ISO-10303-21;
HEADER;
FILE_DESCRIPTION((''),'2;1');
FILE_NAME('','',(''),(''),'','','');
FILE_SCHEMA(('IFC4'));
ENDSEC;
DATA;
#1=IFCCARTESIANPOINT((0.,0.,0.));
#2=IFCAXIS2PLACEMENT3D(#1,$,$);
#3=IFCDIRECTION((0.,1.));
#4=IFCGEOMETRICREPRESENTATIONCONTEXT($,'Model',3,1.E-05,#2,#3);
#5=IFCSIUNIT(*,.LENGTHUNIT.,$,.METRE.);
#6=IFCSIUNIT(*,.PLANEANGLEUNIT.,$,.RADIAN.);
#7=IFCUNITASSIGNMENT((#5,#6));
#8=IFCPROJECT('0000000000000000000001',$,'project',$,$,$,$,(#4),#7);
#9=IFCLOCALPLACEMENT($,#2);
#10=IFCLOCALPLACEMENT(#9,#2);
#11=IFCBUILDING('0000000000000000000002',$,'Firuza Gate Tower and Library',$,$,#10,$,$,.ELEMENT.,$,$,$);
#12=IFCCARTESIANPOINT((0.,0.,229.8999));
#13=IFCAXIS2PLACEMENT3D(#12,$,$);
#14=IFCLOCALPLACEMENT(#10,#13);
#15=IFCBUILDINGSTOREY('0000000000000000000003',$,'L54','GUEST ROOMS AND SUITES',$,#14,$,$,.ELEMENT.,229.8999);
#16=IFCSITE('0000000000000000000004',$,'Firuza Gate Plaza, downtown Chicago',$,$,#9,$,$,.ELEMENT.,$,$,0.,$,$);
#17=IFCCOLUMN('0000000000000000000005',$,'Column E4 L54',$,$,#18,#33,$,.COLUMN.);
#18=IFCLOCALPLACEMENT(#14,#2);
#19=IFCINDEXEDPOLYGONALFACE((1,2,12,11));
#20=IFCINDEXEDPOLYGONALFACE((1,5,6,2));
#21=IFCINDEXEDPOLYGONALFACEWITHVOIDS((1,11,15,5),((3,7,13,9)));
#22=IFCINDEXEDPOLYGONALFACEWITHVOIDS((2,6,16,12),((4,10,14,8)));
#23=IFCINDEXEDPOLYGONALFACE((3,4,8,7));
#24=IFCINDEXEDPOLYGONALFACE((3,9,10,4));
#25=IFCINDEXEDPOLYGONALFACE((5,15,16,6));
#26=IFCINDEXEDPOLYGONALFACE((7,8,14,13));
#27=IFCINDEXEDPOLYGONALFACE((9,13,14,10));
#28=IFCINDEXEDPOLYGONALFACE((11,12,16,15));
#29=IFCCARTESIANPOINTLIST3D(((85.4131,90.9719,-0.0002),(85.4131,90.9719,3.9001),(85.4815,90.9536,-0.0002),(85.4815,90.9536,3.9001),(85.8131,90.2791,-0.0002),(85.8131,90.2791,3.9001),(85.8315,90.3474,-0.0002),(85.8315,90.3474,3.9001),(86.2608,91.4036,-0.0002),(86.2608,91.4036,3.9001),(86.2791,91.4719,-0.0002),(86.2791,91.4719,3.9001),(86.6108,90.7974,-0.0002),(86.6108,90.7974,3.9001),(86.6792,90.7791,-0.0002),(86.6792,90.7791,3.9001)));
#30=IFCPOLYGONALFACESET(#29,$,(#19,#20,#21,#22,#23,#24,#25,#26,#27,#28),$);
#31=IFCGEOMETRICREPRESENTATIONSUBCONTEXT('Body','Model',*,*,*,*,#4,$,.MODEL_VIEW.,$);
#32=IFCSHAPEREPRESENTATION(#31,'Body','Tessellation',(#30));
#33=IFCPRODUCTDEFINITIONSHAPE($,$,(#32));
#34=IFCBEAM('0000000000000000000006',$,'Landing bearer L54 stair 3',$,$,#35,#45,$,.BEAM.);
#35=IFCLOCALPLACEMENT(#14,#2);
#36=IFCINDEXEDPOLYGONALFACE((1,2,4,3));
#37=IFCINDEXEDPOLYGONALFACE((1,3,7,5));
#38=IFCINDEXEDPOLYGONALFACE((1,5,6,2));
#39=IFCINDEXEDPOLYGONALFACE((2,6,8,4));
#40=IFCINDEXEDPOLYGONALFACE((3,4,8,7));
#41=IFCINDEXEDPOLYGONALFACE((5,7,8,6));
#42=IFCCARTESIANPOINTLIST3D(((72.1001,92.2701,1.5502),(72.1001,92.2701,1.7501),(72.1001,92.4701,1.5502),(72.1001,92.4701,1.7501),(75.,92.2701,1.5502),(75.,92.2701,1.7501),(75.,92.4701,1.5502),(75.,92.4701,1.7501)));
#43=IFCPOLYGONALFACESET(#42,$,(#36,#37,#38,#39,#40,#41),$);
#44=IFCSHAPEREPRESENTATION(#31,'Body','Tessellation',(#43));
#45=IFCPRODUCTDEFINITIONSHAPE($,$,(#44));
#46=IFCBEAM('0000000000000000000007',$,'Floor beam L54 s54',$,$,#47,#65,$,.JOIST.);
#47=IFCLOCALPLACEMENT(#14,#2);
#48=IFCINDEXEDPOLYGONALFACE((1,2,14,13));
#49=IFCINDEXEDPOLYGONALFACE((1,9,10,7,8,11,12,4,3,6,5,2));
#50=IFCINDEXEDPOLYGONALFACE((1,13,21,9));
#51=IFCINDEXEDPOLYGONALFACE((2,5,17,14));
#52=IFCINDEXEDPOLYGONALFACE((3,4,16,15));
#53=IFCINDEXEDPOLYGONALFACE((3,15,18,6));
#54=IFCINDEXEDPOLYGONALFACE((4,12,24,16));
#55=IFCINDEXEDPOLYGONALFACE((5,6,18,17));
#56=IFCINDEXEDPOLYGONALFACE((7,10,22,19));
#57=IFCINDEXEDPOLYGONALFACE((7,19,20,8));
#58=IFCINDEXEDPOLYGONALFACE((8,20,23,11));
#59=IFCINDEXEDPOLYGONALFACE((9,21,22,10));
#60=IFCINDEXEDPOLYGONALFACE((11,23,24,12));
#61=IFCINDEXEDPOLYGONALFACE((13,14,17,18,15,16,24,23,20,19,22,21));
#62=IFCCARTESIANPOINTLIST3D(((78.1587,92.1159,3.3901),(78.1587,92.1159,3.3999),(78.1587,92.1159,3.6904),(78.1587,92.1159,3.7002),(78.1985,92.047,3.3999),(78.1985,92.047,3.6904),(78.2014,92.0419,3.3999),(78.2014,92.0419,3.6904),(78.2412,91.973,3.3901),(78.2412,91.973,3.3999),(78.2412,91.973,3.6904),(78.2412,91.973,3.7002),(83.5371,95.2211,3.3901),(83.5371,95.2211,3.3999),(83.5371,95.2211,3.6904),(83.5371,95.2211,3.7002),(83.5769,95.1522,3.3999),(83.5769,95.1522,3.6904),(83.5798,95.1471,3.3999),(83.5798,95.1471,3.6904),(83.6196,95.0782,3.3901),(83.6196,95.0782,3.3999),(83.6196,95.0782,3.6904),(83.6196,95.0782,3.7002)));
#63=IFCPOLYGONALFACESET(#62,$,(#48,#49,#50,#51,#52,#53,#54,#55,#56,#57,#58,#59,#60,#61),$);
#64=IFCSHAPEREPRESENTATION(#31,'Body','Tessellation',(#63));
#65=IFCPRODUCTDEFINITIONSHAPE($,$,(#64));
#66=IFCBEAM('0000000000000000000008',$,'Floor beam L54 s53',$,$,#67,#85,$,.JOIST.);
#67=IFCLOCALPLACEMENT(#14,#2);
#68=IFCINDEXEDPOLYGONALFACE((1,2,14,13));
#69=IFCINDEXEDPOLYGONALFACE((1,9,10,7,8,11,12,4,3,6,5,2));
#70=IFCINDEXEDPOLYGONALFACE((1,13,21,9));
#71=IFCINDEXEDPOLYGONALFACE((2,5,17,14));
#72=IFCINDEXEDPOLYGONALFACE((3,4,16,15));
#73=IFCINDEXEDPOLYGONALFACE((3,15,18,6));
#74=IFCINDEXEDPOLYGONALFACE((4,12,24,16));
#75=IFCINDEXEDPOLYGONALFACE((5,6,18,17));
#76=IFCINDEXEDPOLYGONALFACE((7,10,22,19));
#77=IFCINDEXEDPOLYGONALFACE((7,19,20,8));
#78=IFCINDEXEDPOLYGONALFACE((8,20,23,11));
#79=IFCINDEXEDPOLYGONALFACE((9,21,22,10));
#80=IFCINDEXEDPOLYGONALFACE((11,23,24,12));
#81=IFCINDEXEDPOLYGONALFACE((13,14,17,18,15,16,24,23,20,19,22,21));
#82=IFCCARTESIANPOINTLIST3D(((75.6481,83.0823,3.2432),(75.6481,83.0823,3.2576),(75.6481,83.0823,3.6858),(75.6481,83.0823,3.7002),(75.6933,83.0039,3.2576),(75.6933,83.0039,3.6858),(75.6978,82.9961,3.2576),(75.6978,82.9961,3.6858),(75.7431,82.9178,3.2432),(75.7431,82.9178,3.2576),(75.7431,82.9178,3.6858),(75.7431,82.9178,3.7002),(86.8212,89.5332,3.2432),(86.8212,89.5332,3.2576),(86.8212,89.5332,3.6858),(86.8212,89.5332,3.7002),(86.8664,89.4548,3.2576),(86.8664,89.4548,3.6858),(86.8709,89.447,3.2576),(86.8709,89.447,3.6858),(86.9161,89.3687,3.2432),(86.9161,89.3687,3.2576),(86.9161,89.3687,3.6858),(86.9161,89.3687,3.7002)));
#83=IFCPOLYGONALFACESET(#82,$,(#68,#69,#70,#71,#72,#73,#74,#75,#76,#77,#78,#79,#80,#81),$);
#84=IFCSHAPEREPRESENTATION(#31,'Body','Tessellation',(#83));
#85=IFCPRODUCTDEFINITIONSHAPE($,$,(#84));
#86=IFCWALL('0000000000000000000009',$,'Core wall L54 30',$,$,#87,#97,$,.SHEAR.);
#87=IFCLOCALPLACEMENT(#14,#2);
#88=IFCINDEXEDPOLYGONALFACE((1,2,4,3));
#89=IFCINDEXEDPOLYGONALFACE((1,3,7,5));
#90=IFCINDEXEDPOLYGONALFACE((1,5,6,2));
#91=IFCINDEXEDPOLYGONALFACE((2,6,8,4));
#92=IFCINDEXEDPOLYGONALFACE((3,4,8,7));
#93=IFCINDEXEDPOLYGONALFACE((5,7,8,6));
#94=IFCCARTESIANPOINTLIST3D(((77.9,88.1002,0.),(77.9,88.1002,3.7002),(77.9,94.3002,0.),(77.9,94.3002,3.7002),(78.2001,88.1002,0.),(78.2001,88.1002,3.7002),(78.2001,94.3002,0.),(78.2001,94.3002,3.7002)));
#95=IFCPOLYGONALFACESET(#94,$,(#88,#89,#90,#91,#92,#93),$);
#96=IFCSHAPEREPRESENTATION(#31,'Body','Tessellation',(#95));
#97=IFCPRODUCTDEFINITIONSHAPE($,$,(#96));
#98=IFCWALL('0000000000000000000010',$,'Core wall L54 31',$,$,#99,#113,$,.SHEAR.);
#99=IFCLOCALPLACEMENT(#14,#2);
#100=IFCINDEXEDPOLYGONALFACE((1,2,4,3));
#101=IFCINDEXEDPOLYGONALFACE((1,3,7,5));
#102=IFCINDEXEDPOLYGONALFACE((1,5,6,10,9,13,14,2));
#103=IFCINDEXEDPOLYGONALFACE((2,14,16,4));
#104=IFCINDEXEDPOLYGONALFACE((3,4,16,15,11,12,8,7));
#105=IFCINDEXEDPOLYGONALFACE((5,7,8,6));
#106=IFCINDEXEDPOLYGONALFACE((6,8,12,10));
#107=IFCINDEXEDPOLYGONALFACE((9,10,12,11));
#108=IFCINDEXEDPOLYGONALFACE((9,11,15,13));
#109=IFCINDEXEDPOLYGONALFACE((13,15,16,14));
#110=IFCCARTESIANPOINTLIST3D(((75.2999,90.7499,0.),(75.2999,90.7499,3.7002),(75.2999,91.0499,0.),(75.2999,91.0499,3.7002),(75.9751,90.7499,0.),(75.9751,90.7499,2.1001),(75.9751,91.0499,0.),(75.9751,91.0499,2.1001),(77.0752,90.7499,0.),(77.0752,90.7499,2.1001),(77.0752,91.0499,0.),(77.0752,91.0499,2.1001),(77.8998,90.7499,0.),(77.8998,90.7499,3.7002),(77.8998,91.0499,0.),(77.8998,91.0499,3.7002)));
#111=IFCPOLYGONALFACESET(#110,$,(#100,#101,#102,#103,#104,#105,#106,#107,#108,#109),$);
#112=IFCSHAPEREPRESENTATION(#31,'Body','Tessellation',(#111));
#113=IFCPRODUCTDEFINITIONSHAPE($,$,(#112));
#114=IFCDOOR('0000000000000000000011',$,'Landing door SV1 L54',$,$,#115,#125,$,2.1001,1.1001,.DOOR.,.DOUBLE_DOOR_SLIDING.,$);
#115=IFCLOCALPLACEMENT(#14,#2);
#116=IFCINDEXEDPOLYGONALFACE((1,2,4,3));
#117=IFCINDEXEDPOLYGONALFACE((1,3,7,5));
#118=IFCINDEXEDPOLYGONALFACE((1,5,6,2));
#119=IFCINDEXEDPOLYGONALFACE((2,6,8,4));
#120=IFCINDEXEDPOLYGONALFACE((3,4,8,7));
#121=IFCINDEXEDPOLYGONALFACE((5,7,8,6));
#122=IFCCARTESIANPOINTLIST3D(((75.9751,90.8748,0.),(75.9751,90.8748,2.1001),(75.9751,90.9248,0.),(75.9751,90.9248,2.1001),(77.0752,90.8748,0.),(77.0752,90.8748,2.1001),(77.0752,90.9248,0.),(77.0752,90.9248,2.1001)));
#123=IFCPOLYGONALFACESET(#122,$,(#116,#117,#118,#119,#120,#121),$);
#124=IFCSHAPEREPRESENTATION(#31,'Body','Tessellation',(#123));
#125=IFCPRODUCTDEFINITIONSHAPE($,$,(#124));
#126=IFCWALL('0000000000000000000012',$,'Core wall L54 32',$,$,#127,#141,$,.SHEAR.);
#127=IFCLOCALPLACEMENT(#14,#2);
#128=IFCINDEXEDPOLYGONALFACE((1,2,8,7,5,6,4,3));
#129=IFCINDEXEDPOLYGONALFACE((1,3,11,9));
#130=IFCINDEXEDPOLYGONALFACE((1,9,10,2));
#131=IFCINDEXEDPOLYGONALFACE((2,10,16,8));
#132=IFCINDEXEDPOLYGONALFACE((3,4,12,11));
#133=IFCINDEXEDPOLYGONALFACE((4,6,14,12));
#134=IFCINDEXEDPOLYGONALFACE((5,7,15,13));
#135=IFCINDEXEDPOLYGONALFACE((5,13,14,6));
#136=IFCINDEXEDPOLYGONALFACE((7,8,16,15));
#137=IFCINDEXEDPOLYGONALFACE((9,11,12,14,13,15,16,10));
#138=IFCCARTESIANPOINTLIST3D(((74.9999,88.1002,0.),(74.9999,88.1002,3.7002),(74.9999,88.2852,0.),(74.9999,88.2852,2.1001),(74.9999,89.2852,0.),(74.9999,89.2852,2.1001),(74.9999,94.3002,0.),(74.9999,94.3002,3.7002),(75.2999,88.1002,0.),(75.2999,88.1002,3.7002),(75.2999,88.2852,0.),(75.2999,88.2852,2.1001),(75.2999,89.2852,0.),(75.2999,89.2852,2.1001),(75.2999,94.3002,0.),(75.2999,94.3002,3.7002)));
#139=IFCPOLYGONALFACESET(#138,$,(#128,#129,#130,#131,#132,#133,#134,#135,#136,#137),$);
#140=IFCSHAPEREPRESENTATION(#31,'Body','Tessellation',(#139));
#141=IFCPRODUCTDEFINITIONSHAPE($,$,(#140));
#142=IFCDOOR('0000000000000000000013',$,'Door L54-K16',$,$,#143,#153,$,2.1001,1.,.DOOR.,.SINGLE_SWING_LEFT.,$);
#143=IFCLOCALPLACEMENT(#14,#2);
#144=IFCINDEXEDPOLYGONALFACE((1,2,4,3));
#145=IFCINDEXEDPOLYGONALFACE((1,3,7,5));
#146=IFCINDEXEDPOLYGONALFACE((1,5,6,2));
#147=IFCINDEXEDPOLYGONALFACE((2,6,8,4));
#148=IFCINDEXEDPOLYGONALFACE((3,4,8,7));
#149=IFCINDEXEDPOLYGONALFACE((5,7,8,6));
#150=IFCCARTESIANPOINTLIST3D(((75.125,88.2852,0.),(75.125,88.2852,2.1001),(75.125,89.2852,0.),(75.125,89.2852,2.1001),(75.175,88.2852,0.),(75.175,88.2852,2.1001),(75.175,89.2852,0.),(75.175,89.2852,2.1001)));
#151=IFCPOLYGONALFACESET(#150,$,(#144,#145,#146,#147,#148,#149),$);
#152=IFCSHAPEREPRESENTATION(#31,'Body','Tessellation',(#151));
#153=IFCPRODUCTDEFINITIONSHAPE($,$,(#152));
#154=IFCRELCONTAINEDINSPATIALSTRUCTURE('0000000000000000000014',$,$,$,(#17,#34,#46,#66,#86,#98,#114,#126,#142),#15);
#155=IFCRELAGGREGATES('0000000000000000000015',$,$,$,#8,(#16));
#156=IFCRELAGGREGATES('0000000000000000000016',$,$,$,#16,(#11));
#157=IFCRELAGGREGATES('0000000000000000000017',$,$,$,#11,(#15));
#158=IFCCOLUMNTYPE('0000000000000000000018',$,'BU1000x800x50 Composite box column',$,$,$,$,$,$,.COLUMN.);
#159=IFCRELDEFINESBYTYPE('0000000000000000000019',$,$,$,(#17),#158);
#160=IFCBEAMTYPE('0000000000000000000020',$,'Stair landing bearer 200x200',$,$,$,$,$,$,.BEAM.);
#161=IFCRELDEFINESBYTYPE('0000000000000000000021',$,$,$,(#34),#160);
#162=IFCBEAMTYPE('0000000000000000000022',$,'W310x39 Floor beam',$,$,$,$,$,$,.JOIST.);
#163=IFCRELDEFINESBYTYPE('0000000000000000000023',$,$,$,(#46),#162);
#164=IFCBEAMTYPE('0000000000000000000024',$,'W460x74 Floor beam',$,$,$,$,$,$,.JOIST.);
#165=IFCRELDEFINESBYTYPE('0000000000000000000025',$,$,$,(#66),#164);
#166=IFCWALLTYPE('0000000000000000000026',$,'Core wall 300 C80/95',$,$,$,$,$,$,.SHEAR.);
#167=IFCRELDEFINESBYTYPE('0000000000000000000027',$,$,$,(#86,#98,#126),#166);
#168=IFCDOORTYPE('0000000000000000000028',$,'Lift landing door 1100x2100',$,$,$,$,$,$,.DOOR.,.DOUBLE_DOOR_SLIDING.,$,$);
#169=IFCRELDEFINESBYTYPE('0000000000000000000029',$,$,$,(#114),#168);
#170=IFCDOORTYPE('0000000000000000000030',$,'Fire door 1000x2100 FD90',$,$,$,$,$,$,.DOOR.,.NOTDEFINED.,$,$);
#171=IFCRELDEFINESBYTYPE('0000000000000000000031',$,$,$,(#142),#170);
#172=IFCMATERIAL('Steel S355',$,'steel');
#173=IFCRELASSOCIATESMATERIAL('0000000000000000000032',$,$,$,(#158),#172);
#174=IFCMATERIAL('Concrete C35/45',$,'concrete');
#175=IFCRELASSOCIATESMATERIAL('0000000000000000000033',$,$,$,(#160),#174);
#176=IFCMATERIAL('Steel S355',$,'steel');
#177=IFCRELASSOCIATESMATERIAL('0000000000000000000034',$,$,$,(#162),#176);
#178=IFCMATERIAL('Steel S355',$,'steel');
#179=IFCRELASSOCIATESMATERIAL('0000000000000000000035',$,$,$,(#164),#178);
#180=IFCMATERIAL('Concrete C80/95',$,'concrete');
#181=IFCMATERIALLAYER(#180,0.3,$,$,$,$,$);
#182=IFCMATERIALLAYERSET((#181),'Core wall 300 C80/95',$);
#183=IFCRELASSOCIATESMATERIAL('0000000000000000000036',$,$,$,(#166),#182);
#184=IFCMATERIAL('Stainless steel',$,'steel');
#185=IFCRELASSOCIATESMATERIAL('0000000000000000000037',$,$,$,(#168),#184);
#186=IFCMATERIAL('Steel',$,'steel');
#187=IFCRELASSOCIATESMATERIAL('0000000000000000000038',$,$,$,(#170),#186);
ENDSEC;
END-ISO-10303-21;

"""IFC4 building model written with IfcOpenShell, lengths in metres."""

from ifc_helpers import new_model, si_unit, direction, frame, frame_2d, origin, origin_2d, place, context, subcontext, project, spatial, rectangle, hollow_rectangle, i_section, extrude, material, layer, layer_set, material_profile, profile_set, type_object, element, fill, save


model = new_model("IFC4")

# Units and contexts
model_context = context("Model", 3, precision=1e-05, world=origin(), true_north=direction((0.0, 1.0)))
body_context = subcontext(model_context, "Body", "Model", "MODEL_VIEW")
ifc_project = project(units=[si_unit("LENGTHUNIT", "METRE"), si_unit("PLANEANGLEUNIT", "RADIAN")], contexts=[model_context])

# Site, building, storey
site_placement = place(None, origin())
site = spatial("IfcSite", under=ifc_project, at=site_placement, Name="Firuza Gate Plaza, downtown Chicago", CompositionType="ELEMENT", RefElevation=0.0)
building_placement = place(site_placement, origin())
building = spatial("IfcBuilding", under=site, at=building_placement, Name="Firuza Gate Tower and Library", CompositionType="ELEMENT")
storey_placement = place(building_placement, frame((0.0, 0.0, 229.8999)))
storey = spatial("IfcBuildingStorey", under=building, at=storey_placement, Name="L54", Description="GUEST ROOMS AND SUITES", CompositionType="ELEMENT", Elevation=229.8999)

# Column
ifc_material_1 = material(Name="Steel S355", Category="steel")
ifc_material_profile_1 = material_profile(ifc_material_1, hollow_rectangle(XDim=0.8, YDim=1.0, WallThickness=0.05, at=origin_2d()))
ifc_profile_set_1 = profile_set([ifc_material_profile_1], Name="Steel S355")
column_type = type_object("IfcColumnType", Name="BU1000x800x50 Composite box column", PredefinedType="COLUMN", material=ifc_profile_set_1)
column_placement = place(storey_placement, frame((86.0461, 90.8755, -0.0002), z_axis=(0.0, 0.0, 1.0), x_axis=(-0.5, 0.866025, 0.0)))
element("IfcColumn", 1, at=column_placement, inside=storey, type_object=column_type, Name="Column E4 L54", PredefinedType="COLUMN", context=body_context, shape_type="SweptSolid", body=[
    extrude(hollow_rectangle(XDim=0.8, YDim=1.0, WallThickness=0.05, at=origin_2d()), origin(), (0.0, 0.0, 1.0), 3.9004),
])

# Beams
ifc_material_2 = material(Name="Concrete C35/45", Category="concrete")
ifc_material_profile_2 = material_profile(ifc_material_2, rectangle(XDim=0.2, YDim=0.2, at=origin_2d()))
ifc_profile_set_2 = profile_set([ifc_material_profile_2], Name="Concrete C35/45")
beam_type_1 = type_object("IfcBeamType", Name="Stair landing bearer 200x200", PredefinedType="BEAM", material=ifc_profile_set_2)
beam_1_placement = place(storey_placement, frame((75.0, 92.3701, 1.6501), z_axis=(-1.0, 0.0, 0.0), x_axis=(0.0, -1.0, 0.0)))
element("IfcBeam", 2, at=beam_1_placement, inside=storey, type_object=beam_type_1, Name="Landing bearer L54 stair 3", PredefinedType="BEAM", context=body_context, shape_type="SweptSolid", body=[
    extrude(rectangle(XDim=0.2, YDim=0.2, at=origin_2d()), origin(), (0.0, 0.0, 1.0), 2.8999),
])
ifc_material_3 = material(Name="Steel S355", Category="steel")
ifc_material_profile_3 = material_profile(ifc_material_3, i_section(OverallWidth=0.165, OverallDepth=0.3101, WebThickness=0.0059, FlangeThickness=0.0098, at=origin_2d()))
ifc_profile_set_3 = profile_set([ifc_material_profile_3], Name="Steel S355")
beam_type_2 = type_object("IfcBeamType", Name="W310x39 Floor beam", PredefinedType="JOIST", material=ifc_profile_set_3)
beam_2_placement = place(storey_placement, frame((83.5784, 95.1497, 3.5452), z_axis=(-0.866026, -0.499999, 0.0), x_axis=(0.499999, -0.866026, 0.0)))
element("IfcBeam", 3, at=beam_2_placement, inside=storey, type_object=beam_type_2, Name="Floor beam L54 s54", PredefinedType="JOIST", context=body_context, shape_type="SweptSolid", body=[
    extrude(i_section(OverallWidth=0.165, OverallDepth=0.3101, WebThickness=0.0059, FlangeThickness=0.0098, at=origin_2d()), origin(), (0.0, 0.0, 1.0), 6.2104),
])
ifc_material_4 = material(Name="Steel S355", Category="steel")
ifc_material_profile_4 = material_profile(ifc_material_4, i_section(OverallWidth=0.1899, OverallDepth=0.457, WebThickness=0.009, FlangeThickness=0.0144, at=origin_2d()))
ifc_profile_set_4 = profile_set([ifc_material_profile_4], Name="Steel S355")
beam_type_3 = type_object("IfcBeamType", Name="W460x74 Floor beam", PredefinedType="JOIST", material=ifc_profile_set_4)
beam_3_placement = place(storey_placement, frame((86.8687, 89.4509, 3.4717), z_axis=(-0.866021, -0.500008, 0.0), x_axis=(0.500008, -0.866021, 0.0)))
element("IfcBeam", 4, at=beam_3_placement, inside=storey, type_object=beam_type_3, Name="Floor beam L54 s53", PredefinedType="JOIST", context=body_context, shape_type="SweptSolid", body=[
    extrude(i_section(OverallWidth=0.1899, OverallDepth=0.457, WebThickness=0.009, FlangeThickness=0.0144, at=origin_2d()), origin(), (0.0, 0.0, 1.0), 12.9016),
])

# Wall
ifc_material_5 = material(Name="Concrete C80/95", Category="concrete")
ifc_layer_1 = layer(ifc_material_5, 0.3)
ifc_layer_set_1 = layer_set([ifc_layer_1], Name="Core wall 300 C80/95")
wall_type_1 = type_object("IfcWallType", Name="Core wall 300 C80/95", PredefinedType="SHEAR", material=ifc_layer_set_1)
wall_1_placement = place(storey_placement, frame((78.05, 88.1001, 0.0), z_axis=(0.0, 0.0, 1.0), x_axis=(0.0, 1.0, 0.0)))
element("IfcWall", 5, at=wall_1_placement, inside=storey, type_object=wall_type_1, Name="Core wall L54 30", PredefinedType="SHEAR", context=body_context, shape_type="SweptSolid", body=[
    extrude(rectangle(XDim=6.2, YDim=0.3, at=frame_2d((3.1001, 0.0))), origin(), (0.0, 0.0, 1.0), 3.7002),
])

# Walls, openings, doors
wall_2_placement = place(storey_placement, frame((75.3, 90.8999, 0.0), z_axis=(0.0, 0.0, 1.0), x_axis=(1.0, 0.0, 0.0)))
wall_2 = element("IfcWall", 6, at=wall_2_placement, inside=storey, type_object=wall_type_1, Name="Core wall L54 31", PredefinedType="SHEAR", context=body_context, shape_type="SweptSolid", body=[
    extrude(rectangle(XDim=2.5999, YDim=0.3, at=frame_2d((1.2998, 0.0))), origin(), (0.0, 0.0, 1.0), 3.7002),
])
opening_1_placement = place(wall_2_placement, frame((0.675, 0.0, 0.0)))
opening_1 = element("IfcOpeningElement", 7, at=opening_1_placement, cuts=wall_2, PredefinedType="OPENING", context=body_context, shape_type="SweptSolid", body=[
    extrude(rectangle(XDim=1.1001, YDim=2.1001, at=frame_2d((0.55, 1.05))), frame((0.0, 0.1602, 0.0), z_axis=(0.0, -1.0, 0.0), x_axis=(1.0, 0.0, 0.0)), (0.0, 0.0, 1.0), 0.3201),
])
ifc_material_6 = material(Name="Stainless steel", Category="steel")
door_type_1 = type_object("IfcDoorType", Name="Lift landing door 1100x2100", OperationType="DOUBLE_DOOR_SLIDING", PredefinedType="DOOR", material=ifc_material_6)
door_1_placement = place(opening_1_placement, origin())
door_1 = element("IfcDoor", 8, at=door_1_placement, inside=storey, type_object=door_type_1, Name="Landing door SV1 L54", OperationType="DOUBLE_DOOR_SLIDING", OverallHeight=2.1001, OverallWidth=1.1001, PredefinedType="DOOR", context=body_context, shape_type="SweptSolid", body=[
    extrude(rectangle(XDim=1.1001, YDim=2.1001, at=frame_2d((0.55, 1.05))), frame((0.0, 0.0249, 0.0), z_axis=(0.0, -1.0, 0.0), x_axis=(1.0, 0.0, 0.0)), (0.0, 0.0, 1.0), 0.05),
])
fill(opening_1, door_1)
wall_3_placement = place(storey_placement, frame((75.1499, 88.1001, 0.0), z_axis=(0.0, 0.0, 1.0), x_axis=(0.0, 1.0, 0.0)))
wall_3 = element("IfcWall", 9, at=wall_3_placement, inside=storey, type_object=wall_type_1, Name="Core wall L54 32", PredefinedType="SHEAR", context=body_context, shape_type="SweptSolid", body=[
    extrude(rectangle(XDim=6.2, YDim=0.3, at=frame_2d((3.1001, 0.0))), origin(), (0.0, 0.0, 1.0), 3.7002),
])
opening_2_placement = place(wall_3_placement, frame((0.1851, 0.0, 0.0)))
opening_2 = element("IfcOpeningElement", 10, at=opening_2_placement, cuts=wall_3, PredefinedType="OPENING", context=body_context, shape_type="SweptSolid", body=[
    extrude(rectangle(XDim=1.0, YDim=2.1001, at=frame_2d((0.5, 1.05))), frame((0.0, 0.1602, 0.0), z_axis=(0.0, -1.0, 0.0), x_axis=(1.0, 0.0, 0.0)), (0.0, 0.0, 1.0), 0.3201),
])
ifc_material_7 = material(Name="Steel", Category="steel")
door_type_2 = type_object("IfcDoorType", Name="Fire door 1000x2100 FD90", OperationType="NOTDEFINED", PredefinedType="DOOR", material=ifc_material_7)
door_2_placement = place(opening_2_placement, origin())
door_2 = element("IfcDoor", 11, at=door_2_placement, inside=storey, type_object=door_type_2, Name="Door L54-K16", OperationType="SINGLE_SWING_LEFT", OverallHeight=2.1001, OverallWidth=1.0, PredefinedType="DOOR", context=body_context, shape_type="SweptSolid", body=[
    extrude(rectangle(XDim=1.0, YDim=2.1001, at=frame_2d((0.5, 1.05))), frame((0.0, 0.0249, 0.0), z_axis=(0.0, -1.0, 0.0), x_axis=(1.0, 0.0, 0.0)), (0.0, 0.0, 1.0), 0.05),
])
fill(opening_2, door_2)

save(model, "model.ifc")
